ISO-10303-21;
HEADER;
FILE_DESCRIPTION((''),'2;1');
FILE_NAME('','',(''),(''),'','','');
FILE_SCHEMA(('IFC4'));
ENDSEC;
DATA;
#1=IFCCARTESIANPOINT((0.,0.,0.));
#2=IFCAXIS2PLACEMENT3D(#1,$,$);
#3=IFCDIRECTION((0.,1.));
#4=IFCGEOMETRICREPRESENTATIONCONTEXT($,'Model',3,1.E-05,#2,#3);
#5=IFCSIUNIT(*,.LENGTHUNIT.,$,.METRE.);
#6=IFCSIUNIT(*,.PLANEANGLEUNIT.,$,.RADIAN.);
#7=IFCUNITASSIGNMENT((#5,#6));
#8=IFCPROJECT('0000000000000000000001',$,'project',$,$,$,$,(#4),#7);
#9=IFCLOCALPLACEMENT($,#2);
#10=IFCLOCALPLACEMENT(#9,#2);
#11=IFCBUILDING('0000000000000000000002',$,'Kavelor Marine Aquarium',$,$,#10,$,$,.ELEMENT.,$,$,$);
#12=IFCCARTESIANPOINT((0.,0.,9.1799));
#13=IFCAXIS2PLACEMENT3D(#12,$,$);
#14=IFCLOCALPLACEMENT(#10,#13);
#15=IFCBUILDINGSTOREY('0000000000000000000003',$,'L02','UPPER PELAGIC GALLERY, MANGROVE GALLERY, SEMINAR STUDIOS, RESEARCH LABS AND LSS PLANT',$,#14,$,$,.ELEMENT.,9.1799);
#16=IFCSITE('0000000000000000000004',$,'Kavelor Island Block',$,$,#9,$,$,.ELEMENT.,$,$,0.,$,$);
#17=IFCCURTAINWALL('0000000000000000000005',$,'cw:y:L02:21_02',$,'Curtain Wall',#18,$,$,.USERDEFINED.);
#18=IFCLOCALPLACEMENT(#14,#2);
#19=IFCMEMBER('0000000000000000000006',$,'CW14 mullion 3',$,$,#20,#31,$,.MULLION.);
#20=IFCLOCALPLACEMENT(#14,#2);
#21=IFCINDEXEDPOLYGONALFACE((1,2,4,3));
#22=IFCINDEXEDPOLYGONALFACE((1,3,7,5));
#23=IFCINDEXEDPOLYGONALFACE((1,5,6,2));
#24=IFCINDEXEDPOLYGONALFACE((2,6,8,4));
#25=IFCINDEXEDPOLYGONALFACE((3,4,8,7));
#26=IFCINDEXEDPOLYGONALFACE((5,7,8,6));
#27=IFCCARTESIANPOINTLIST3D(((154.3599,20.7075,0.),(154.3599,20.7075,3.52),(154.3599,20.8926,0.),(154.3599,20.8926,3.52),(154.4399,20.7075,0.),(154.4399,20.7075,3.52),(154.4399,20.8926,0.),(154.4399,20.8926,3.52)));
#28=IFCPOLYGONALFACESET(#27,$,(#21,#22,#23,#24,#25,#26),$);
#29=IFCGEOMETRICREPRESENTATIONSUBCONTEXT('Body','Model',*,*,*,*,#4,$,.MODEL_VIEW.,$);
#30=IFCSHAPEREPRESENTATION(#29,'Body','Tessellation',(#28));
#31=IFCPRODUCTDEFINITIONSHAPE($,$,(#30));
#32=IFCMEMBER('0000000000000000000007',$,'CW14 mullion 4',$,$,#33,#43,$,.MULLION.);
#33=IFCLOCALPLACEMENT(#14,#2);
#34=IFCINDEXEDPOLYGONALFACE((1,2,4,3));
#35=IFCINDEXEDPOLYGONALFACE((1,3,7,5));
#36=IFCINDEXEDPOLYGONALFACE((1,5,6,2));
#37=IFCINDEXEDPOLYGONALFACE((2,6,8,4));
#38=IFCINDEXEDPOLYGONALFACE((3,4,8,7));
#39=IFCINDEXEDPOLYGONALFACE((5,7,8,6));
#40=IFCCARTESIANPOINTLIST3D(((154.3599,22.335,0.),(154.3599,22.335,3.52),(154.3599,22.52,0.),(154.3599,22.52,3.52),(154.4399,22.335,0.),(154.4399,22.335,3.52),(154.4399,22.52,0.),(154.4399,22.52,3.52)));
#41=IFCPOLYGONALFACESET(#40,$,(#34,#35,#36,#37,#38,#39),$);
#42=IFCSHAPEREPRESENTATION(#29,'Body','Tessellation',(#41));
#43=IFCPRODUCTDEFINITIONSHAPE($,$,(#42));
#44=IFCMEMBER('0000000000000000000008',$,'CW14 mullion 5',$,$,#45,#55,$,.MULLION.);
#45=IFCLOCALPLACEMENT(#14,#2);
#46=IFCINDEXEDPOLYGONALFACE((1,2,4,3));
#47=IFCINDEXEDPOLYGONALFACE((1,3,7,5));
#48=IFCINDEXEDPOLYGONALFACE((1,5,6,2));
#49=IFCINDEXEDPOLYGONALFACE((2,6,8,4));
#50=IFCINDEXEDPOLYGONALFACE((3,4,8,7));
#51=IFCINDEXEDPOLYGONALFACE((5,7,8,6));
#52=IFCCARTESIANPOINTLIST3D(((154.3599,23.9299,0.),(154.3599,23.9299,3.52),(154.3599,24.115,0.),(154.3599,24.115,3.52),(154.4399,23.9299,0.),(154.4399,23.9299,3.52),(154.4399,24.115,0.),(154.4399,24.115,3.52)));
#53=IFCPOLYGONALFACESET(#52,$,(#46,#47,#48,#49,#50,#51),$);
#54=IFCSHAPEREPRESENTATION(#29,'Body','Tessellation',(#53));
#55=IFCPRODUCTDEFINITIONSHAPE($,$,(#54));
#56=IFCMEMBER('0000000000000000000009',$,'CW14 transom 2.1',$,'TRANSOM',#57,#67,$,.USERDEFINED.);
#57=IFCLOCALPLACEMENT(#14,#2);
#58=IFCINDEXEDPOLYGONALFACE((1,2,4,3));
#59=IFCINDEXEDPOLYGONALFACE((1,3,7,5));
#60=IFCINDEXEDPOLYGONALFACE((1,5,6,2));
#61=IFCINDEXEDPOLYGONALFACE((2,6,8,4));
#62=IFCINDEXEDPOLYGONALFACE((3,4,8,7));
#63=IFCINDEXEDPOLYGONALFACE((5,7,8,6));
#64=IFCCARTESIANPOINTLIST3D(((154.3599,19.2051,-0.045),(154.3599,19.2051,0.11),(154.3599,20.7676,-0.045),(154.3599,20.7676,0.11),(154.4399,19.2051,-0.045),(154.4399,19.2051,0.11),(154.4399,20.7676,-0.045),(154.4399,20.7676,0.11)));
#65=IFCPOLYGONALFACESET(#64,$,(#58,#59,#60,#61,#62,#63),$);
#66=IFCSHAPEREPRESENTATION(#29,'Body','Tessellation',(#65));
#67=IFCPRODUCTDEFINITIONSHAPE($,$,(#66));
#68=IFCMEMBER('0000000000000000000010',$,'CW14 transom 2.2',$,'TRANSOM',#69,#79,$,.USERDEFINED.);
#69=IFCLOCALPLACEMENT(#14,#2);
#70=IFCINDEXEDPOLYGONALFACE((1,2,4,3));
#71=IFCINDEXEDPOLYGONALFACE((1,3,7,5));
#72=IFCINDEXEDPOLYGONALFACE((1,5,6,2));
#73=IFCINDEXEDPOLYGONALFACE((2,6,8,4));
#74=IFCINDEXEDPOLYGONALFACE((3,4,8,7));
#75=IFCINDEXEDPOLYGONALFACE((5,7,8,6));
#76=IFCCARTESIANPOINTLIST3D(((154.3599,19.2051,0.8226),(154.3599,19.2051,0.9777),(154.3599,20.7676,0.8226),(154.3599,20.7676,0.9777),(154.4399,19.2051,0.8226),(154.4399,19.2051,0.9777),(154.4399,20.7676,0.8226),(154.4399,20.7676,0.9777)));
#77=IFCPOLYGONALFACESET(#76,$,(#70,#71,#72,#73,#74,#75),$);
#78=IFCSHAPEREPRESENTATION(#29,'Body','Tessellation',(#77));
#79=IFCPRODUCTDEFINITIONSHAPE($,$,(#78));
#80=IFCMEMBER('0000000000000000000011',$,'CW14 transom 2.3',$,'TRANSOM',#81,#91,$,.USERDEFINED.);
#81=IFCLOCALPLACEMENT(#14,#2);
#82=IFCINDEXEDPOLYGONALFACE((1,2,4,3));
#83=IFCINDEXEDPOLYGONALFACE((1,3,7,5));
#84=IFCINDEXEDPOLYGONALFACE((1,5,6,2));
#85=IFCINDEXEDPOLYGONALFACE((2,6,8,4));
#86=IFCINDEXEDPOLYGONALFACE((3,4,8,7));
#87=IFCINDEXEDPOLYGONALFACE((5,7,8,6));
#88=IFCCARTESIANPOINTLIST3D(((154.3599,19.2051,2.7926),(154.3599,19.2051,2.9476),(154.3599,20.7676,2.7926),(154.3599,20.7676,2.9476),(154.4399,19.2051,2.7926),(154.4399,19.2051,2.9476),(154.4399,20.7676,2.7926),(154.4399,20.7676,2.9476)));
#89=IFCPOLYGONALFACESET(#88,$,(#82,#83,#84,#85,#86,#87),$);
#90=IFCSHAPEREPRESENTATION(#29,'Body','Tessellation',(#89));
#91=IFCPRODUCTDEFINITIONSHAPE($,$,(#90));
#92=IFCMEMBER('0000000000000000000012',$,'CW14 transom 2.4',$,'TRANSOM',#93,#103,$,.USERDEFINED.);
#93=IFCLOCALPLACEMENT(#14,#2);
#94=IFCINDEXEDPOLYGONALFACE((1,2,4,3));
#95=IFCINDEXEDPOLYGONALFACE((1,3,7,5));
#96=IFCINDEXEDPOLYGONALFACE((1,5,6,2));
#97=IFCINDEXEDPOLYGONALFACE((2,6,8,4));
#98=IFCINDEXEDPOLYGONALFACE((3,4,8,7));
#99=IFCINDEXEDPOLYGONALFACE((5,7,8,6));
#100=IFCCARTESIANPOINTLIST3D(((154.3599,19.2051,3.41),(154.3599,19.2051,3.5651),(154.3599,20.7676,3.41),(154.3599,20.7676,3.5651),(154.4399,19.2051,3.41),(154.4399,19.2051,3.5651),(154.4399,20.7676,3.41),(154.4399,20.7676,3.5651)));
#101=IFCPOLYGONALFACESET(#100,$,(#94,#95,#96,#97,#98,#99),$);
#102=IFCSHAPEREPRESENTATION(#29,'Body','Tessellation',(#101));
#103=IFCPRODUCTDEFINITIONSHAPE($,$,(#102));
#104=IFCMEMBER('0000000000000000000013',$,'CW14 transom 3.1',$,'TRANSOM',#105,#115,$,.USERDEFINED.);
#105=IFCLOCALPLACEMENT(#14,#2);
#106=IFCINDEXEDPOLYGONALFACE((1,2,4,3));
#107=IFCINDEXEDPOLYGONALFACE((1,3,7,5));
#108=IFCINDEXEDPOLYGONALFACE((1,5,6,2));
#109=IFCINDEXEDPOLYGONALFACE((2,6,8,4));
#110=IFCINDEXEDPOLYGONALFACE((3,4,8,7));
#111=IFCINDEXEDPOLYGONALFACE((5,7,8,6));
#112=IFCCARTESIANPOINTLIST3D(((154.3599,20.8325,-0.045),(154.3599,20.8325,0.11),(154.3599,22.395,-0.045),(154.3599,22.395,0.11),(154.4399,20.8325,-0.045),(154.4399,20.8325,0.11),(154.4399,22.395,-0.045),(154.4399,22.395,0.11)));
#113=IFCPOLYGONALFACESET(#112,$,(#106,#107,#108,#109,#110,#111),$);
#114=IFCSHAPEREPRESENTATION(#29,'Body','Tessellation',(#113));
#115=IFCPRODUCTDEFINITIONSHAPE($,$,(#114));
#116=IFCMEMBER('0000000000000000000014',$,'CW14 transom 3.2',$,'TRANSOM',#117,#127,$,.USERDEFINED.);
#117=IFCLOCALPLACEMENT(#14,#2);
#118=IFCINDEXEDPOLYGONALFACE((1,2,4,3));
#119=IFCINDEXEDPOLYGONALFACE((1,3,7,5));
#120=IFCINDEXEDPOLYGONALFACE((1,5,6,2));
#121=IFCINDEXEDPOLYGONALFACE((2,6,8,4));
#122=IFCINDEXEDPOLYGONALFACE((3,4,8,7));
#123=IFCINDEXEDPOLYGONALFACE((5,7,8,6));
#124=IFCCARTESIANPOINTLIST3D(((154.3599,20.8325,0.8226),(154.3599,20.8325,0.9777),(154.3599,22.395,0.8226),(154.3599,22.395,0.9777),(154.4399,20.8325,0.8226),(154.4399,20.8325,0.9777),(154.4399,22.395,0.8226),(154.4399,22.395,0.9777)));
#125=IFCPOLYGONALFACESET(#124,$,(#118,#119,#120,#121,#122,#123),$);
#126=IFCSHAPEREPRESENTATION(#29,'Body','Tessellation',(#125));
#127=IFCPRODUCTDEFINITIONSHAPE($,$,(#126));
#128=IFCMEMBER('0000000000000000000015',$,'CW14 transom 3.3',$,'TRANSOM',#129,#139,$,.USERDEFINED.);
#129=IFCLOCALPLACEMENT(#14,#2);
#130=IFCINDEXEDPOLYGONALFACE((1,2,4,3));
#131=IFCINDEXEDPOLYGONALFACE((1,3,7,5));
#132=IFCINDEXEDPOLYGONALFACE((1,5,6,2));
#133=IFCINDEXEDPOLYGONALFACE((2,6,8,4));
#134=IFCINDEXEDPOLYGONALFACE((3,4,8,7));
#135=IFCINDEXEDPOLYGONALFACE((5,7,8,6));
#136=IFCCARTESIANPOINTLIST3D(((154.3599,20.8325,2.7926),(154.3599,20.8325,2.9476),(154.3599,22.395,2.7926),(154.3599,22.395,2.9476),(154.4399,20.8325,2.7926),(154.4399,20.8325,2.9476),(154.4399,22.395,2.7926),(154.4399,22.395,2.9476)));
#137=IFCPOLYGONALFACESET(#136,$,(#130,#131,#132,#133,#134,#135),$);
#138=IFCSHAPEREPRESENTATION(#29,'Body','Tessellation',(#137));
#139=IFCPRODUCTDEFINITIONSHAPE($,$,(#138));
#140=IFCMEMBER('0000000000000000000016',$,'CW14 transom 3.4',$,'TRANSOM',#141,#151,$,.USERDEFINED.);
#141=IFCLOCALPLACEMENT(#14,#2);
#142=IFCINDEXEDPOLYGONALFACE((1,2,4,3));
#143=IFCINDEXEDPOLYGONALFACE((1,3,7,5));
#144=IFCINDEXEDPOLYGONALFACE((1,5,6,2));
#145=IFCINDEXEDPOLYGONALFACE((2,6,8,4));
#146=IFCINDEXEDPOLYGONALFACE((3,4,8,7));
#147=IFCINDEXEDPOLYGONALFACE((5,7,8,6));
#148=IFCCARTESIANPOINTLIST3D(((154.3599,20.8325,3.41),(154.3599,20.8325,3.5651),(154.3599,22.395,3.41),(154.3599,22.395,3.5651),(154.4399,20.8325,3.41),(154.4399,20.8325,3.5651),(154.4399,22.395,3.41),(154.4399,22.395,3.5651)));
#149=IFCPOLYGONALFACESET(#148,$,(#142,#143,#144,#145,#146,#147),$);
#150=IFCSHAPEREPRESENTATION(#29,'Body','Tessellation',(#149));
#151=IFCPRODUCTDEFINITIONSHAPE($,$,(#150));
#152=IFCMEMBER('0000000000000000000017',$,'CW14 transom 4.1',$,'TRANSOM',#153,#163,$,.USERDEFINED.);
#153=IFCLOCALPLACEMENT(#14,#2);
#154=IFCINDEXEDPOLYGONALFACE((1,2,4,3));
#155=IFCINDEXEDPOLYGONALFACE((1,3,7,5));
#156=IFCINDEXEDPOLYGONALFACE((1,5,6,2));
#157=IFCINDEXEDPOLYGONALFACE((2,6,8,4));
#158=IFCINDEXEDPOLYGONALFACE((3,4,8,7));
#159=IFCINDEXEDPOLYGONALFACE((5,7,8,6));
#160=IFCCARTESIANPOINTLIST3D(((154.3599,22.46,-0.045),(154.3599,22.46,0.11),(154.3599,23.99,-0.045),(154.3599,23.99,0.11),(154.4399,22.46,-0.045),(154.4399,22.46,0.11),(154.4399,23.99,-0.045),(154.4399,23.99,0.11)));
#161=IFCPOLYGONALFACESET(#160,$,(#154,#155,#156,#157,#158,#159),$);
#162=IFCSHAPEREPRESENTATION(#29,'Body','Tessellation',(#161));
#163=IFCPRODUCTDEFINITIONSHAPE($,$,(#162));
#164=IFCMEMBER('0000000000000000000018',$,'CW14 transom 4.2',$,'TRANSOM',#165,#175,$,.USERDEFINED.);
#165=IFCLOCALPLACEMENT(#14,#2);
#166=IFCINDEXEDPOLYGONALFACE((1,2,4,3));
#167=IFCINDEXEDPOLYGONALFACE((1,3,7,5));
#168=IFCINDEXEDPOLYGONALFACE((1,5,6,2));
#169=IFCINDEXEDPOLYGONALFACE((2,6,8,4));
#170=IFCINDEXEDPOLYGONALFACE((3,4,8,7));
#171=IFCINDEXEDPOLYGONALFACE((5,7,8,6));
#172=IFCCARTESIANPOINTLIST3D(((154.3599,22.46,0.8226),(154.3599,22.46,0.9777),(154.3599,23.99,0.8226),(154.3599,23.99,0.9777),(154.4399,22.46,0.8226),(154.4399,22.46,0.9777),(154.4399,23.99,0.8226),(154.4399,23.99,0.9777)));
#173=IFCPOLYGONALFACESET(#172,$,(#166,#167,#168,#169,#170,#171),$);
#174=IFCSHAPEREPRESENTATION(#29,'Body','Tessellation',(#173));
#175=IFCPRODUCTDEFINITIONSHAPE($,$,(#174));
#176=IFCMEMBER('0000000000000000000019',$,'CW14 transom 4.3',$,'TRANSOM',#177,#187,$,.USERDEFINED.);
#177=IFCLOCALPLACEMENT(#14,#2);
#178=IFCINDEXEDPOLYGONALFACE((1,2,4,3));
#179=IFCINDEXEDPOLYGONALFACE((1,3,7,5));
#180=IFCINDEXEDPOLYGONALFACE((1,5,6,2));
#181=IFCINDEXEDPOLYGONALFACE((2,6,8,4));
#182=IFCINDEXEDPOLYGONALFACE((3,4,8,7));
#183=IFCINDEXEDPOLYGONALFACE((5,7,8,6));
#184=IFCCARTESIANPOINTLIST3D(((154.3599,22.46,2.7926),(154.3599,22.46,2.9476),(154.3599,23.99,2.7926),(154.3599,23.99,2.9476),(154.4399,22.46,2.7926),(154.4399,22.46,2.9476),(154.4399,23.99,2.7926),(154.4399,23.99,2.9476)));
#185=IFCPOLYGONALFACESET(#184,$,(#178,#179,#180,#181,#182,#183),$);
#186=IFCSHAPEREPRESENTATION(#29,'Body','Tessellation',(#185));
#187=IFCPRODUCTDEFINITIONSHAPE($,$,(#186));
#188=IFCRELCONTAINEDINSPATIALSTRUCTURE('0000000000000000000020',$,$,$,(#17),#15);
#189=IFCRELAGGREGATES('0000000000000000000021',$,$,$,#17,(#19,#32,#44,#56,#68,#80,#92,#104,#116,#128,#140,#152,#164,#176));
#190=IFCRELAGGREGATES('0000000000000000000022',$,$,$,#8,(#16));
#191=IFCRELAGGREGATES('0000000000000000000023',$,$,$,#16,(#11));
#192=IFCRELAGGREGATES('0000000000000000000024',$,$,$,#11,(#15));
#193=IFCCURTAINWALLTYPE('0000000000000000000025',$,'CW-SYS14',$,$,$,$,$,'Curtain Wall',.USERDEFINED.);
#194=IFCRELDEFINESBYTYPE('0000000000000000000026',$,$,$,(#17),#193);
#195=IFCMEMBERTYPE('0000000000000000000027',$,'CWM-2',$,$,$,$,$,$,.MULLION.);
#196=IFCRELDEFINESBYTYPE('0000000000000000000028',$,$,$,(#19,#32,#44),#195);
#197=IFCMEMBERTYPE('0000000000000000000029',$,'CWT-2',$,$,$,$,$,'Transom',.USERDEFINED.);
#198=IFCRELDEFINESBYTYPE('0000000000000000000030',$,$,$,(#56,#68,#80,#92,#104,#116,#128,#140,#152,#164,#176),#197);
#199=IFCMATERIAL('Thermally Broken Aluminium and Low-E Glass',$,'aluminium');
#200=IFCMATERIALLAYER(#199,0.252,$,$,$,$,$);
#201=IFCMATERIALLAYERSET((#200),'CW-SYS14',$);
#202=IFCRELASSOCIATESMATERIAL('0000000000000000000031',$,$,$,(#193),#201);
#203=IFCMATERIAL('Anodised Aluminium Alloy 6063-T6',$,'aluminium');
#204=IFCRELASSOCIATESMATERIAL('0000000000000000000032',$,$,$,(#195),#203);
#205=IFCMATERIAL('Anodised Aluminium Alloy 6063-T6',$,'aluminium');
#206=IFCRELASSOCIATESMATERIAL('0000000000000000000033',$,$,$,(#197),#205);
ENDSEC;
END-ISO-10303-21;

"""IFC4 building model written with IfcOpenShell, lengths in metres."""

from ifc_helpers import new_model, si_unit, direction, frame, origin, origin_2d, place, context, subcontext, project, spatial, rectangle, extrude, material, layer, layer_set, material_profile, profile_set, type_object, element, aggregate, save


model = new_model("IFC4")

# Units and contexts
model_context = context("Model", 3, precision=1e-05, world=origin(), true_north=direction((0.0, 1.0)))
body_context = subcontext(model_context, "Body", "Model", "MODEL_VIEW")
ifc_project = project(units=[si_unit("LENGTHUNIT", "METRE"), si_unit("PLANEANGLEUNIT", "RADIAN")], contexts=[model_context])

# Site, building, storey
site_placement = place(None, origin())
site = spatial("IfcSite", under=ifc_project, at=site_placement, Name="Kavelor Island Block", CompositionType="ELEMENT", RefElevation=0.0)
building_placement = place(site_placement, origin())
building = spatial("IfcBuilding", under=site, at=building_placement, Name="Kavelor Marine Aquarium", CompositionType="ELEMENT")
storey_placement = place(building_placement, frame((0.0, 0.0, 9.1799)))
storey = spatial("IfcBuildingStorey", under=building, at=storey_placement, Name="L02", Description="UPPER PELAGIC GALLERY, MANGROVE GALLERY, SEMINAR STUDIOS, RESEARCH LABS AND LSS PLANT", CompositionType="ELEMENT", Elevation=9.1799)

# Curtain wall, members
ifc_material_1 = material(Name="Thermally Broken Aluminium and Low-E Glass", Category="aluminium")
ifc_layer_1 = layer(ifc_material_1, 0.252)
ifc_layer_set_1 = layer_set([ifc_layer_1], Name="CW-SYS14")
curtain_wall_type = type_object("IfcCurtainWallType", Name="CW-SYS14", ElementType="Curtain Wall", PredefinedType="USERDEFINED", material=ifc_layer_set_1)
curtain_wall_placement = place(storey_placement, origin())
curtain_wall = element("IfcCurtainWall", 1, at=curtain_wall_placement, inside=storey, type_object=curtain_wall_type, Name="cw:y:L02:21_02", ObjectType="Curtain Wall", PredefinedType="USERDEFINED")
ifc_material_2 = material(Name="Anodised Aluminium Alloy 6063-T6", Category="aluminium")
ifc_material_profile_1 = material_profile(ifc_material_2, rectangle(XDim=0.0801, YDim=0.1851, at=origin_2d()), Name="CW-MUL 80x185")
ifc_profile_set_1 = profile_set([ifc_material_profile_1], Name="Anodised Aluminium Alloy 6063-T6")
member_type_1 = type_object("IfcMemberType", Name="CWM-2", PredefinedType="MULLION", material=ifc_profile_set_1)
member_1_placement = place(storey_placement, frame((154.3999, 20.8, 0.0), z_axis=(0.0, 0.0, 1.0), x_axis=(-1.0, 0.0, 0.0)))
member_1 = element("IfcMember", 2, at=member_1_placement, type_object=member_type_1, Name="CW14 mullion 3", PredefinedType="MULLION", context=body_context, shape_type="SweptSolid", body=[
    extrude(rectangle(XDim=0.0801, YDim=0.1851, at=origin_2d()), origin(), (0.0, 0.0, 1.0), 3.52),
])
member_2_placement = place(storey_placement, frame((154.3999, 22.4275, 0.0), z_axis=(0.0, 0.0, 1.0), x_axis=(-1.0, 0.0, 0.0)))
member_2 = element("IfcMember", 3, at=member_2_placement, type_object=member_type_1, Name="CW14 mullion 4", PredefinedType="MULLION", context=body_context, shape_type="SweptSolid", body=[
    extrude(rectangle(XDim=0.0801, YDim=0.1851, at=origin_2d()), origin(), (0.0, 0.0, 1.0), 3.52),
])
member_3_placement = place(storey_placement, frame((154.3999, 24.0225, 0.0), z_axis=(0.0, 0.0, 1.0), x_axis=(-1.0, 0.0, 0.0)))
member_3 = element("IfcMember", 4, at=member_3_placement, type_object=member_type_1, Name="CW14 mullion 5", PredefinedType="MULLION", context=body_context, shape_type="SweptSolid", body=[
    extrude(rectangle(XDim=0.0801, YDim=0.1851, at=origin_2d()), origin(), (0.0, 0.0, 1.0), 3.52),
])
ifc_material_3 = material(Name="Anodised Aluminium Alloy 6063-T6", Category="aluminium")
ifc_material_profile_2 = material_profile(ifc_material_3, rectangle(XDim=0.0801, YDim=0.155, at=origin_2d()), Name="CW-TRN 80x155")
ifc_profile_set_2 = profile_set([ifc_material_profile_2], Name="Anodised Aluminium Alloy 6063-T6")
member_type_2 = type_object("IfcMemberType", Name="CWT-2", ElementType="Transom", PredefinedType="USERDEFINED", material=ifc_profile_set_2)
member_4_placement = place(storey_placement, frame((154.3999, 19.2051, 0.0325), z_axis=(0.0, 1.0, 0.0), x_axis=(-1.0, 0.0, 0.0)))
member_4 = element("IfcMember", 5, at=member_4_placement, type_object=member_type_2, Name="CW14 transom 2.1", ObjectType="TRANSOM", PredefinedType="USERDEFINED", context=body_context, shape_type="SweptSolid", body=[
    extrude(rectangle(XDim=0.0801, YDim=0.155, at=origin_2d()), origin(), (0.0, 0.0, 1.0), 1.5625),
])
member_5_placement = place(storey_placement, frame((154.3999, 19.2051, 0.9001), z_axis=(0.0, 1.0, 0.0), x_axis=(-1.0, 0.0, 0.0)))
member_5 = element("IfcMember", 6, at=member_5_placement, type_object=member_type_2, Name="CW14 transom 2.2", ObjectType="TRANSOM", PredefinedType="USERDEFINED", context=body_context, shape_type="SweptSolid", body=[
    extrude(rectangle(XDim=0.0801, YDim=0.155, at=origin_2d()), origin(), (0.0, 0.0, 1.0), 1.5625),
])
member_6_placement = place(storey_placement, frame((154.3999, 19.2051, 2.8701), z_axis=(0.0, 1.0, 0.0), x_axis=(-1.0, 0.0, 0.0)))
member_6 = element("IfcMember", 7, at=member_6_placement, type_object=member_type_2, Name="CW14 transom 2.3", ObjectType="TRANSOM", PredefinedType="USERDEFINED", context=body_context, shape_type="SweptSolid", body=[
    extrude(rectangle(XDim=0.0801, YDim=0.155, at=origin_2d()), origin(), (0.0, 0.0, 1.0), 1.5625),
])
member_7_placement = place(storey_placement, frame((154.3999, 19.2051, 3.4875), z_axis=(0.0, 1.0, 0.0), x_axis=(-1.0, 0.0, 0.0)))
member_7 = element("IfcMember", 8, at=member_7_placement, type_object=member_type_2, Name="CW14 transom 2.4", ObjectType="TRANSOM", PredefinedType="USERDEFINED", context=body_context, shape_type="SweptSolid", body=[
    extrude(rectangle(XDim=0.0801, YDim=0.155, at=origin_2d()), origin(), (0.0, 0.0, 1.0), 1.5625),
])
member_8_placement = place(storey_placement, frame((154.3999, 20.8325, 0.0325), z_axis=(0.0, 1.0, 0.0), x_axis=(-1.0, 0.0, 0.0)))
member_8 = element("IfcMember", 9, at=member_8_placement, type_object=member_type_2, Name="CW14 transom 3.1", ObjectType="TRANSOM", PredefinedType="USERDEFINED", context=body_context, shape_type="SweptSolid", body=[
    extrude(rectangle(XDim=0.0801, YDim=0.155, at=origin_2d()), origin(), (0.0, 0.0, 1.0), 1.5625),
])
member_9_placement = place(storey_placement, frame((154.3999, 20.8325, 0.9001), z_axis=(0.0, 1.0, 0.0), x_axis=(-1.0, 0.0, 0.0)))
member_9 = element("IfcMember", 10, at=member_9_placement, type_object=member_type_2, Name="CW14 transom 3.2", ObjectType="TRANSOM", PredefinedType="USERDEFINED", context=body_context, shape_type="SweptSolid", body=[
    extrude(rectangle(XDim=0.0801, YDim=0.155, at=origin_2d()), origin(), (0.0, 0.0, 1.0), 1.5625),
])
member_10_placement = place(storey_placement, frame((154.3999, 20.8325, 2.8701), z_axis=(0.0, 1.0, 0.0), x_axis=(-1.0, 0.0, 0.0)))
member_10 = element("IfcMember", 11, at=member_10_placement, type_object=member_type_2, Name="CW14 transom 3.3", ObjectType="TRANSOM", PredefinedType="USERDEFINED", context=body_context, shape_type="SweptSolid", body=[
    extrude(rectangle(XDim=0.0801, YDim=0.155, at=origin_2d()), origin(), (0.0, 0.0, 1.0), 1.5625),
])
member_11_placement = place(storey_placement, frame((154.3999, 20.8325, 3.4875), z_axis=(0.0, 1.0, 0.0), x_axis=(-1.0, 0.0, 0.0)))
member_11 = element("IfcMember", 12, at=member_11_placement, type_object=member_type_2, Name="CW14 transom 3.4", ObjectType="TRANSOM", PredefinedType="USERDEFINED", context=body_context, shape_type="SweptSolid", body=[
    extrude(rectangle(XDim=0.0801, YDim=0.155, at=origin_2d()), origin(), (0.0, 0.0, 1.0), 1.5625),
])
member_12_placement = place(storey_placement, frame((154.3999, 22.46, 0.0325), z_axis=(0.0, 1.0, 0.0), x_axis=(-1.0, 0.0, 0.0)))
member_12 = element("IfcMember", 13, at=member_12_placement, type_object=member_type_2, Name="CW14 transom 4.1", ObjectType="TRANSOM", PredefinedType="USERDEFINED", context=body_context, shape_type="SweptSolid", body=[
    extrude(rectangle(XDim=0.0801, YDim=0.155, at=origin_2d()), origin(), (0.0, 0.0, 1.0), 1.53),
])
member_13_placement = place(storey_placement, frame((154.3999, 22.46, 0.9001), z_axis=(0.0, 1.0, 0.0), x_axis=(-1.0, 0.0, 0.0)))
member_13 = element("IfcMember", 14, at=member_13_placement, type_object=member_type_2, Name="CW14 transom 4.2", ObjectType="TRANSOM", PredefinedType="USERDEFINED", context=body_context, shape_type="SweptSolid", body=[
    extrude(rectangle(XDim=0.0801, YDim=0.155, at=origin_2d()), origin(), (0.0, 0.0, 1.0), 1.53),
])
member_14_placement = place(storey_placement, frame((154.3999, 22.46, 2.8701), z_axis=(0.0, 1.0, 0.0), x_axis=(-1.0, 0.0, 0.0)))
member_14 = element("IfcMember", 15, at=member_14_placement, type_object=member_type_2, Name="CW14 transom 4.3", ObjectType="TRANSOM", PredefinedType="USERDEFINED", context=body_context, shape_type="SweptSolid", body=[
    extrude(rectangle(XDim=0.0801, YDim=0.155, at=origin_2d()), origin(), (0.0, 0.0, 1.0), 1.53),
])
aggregate(curtain_wall, [member_1, member_2, member_3, member_4, member_5, member_6, member_7, member_8, member_9, member_10, member_11, member_12, member_13, member_14])

save(model, "model.ifc")
